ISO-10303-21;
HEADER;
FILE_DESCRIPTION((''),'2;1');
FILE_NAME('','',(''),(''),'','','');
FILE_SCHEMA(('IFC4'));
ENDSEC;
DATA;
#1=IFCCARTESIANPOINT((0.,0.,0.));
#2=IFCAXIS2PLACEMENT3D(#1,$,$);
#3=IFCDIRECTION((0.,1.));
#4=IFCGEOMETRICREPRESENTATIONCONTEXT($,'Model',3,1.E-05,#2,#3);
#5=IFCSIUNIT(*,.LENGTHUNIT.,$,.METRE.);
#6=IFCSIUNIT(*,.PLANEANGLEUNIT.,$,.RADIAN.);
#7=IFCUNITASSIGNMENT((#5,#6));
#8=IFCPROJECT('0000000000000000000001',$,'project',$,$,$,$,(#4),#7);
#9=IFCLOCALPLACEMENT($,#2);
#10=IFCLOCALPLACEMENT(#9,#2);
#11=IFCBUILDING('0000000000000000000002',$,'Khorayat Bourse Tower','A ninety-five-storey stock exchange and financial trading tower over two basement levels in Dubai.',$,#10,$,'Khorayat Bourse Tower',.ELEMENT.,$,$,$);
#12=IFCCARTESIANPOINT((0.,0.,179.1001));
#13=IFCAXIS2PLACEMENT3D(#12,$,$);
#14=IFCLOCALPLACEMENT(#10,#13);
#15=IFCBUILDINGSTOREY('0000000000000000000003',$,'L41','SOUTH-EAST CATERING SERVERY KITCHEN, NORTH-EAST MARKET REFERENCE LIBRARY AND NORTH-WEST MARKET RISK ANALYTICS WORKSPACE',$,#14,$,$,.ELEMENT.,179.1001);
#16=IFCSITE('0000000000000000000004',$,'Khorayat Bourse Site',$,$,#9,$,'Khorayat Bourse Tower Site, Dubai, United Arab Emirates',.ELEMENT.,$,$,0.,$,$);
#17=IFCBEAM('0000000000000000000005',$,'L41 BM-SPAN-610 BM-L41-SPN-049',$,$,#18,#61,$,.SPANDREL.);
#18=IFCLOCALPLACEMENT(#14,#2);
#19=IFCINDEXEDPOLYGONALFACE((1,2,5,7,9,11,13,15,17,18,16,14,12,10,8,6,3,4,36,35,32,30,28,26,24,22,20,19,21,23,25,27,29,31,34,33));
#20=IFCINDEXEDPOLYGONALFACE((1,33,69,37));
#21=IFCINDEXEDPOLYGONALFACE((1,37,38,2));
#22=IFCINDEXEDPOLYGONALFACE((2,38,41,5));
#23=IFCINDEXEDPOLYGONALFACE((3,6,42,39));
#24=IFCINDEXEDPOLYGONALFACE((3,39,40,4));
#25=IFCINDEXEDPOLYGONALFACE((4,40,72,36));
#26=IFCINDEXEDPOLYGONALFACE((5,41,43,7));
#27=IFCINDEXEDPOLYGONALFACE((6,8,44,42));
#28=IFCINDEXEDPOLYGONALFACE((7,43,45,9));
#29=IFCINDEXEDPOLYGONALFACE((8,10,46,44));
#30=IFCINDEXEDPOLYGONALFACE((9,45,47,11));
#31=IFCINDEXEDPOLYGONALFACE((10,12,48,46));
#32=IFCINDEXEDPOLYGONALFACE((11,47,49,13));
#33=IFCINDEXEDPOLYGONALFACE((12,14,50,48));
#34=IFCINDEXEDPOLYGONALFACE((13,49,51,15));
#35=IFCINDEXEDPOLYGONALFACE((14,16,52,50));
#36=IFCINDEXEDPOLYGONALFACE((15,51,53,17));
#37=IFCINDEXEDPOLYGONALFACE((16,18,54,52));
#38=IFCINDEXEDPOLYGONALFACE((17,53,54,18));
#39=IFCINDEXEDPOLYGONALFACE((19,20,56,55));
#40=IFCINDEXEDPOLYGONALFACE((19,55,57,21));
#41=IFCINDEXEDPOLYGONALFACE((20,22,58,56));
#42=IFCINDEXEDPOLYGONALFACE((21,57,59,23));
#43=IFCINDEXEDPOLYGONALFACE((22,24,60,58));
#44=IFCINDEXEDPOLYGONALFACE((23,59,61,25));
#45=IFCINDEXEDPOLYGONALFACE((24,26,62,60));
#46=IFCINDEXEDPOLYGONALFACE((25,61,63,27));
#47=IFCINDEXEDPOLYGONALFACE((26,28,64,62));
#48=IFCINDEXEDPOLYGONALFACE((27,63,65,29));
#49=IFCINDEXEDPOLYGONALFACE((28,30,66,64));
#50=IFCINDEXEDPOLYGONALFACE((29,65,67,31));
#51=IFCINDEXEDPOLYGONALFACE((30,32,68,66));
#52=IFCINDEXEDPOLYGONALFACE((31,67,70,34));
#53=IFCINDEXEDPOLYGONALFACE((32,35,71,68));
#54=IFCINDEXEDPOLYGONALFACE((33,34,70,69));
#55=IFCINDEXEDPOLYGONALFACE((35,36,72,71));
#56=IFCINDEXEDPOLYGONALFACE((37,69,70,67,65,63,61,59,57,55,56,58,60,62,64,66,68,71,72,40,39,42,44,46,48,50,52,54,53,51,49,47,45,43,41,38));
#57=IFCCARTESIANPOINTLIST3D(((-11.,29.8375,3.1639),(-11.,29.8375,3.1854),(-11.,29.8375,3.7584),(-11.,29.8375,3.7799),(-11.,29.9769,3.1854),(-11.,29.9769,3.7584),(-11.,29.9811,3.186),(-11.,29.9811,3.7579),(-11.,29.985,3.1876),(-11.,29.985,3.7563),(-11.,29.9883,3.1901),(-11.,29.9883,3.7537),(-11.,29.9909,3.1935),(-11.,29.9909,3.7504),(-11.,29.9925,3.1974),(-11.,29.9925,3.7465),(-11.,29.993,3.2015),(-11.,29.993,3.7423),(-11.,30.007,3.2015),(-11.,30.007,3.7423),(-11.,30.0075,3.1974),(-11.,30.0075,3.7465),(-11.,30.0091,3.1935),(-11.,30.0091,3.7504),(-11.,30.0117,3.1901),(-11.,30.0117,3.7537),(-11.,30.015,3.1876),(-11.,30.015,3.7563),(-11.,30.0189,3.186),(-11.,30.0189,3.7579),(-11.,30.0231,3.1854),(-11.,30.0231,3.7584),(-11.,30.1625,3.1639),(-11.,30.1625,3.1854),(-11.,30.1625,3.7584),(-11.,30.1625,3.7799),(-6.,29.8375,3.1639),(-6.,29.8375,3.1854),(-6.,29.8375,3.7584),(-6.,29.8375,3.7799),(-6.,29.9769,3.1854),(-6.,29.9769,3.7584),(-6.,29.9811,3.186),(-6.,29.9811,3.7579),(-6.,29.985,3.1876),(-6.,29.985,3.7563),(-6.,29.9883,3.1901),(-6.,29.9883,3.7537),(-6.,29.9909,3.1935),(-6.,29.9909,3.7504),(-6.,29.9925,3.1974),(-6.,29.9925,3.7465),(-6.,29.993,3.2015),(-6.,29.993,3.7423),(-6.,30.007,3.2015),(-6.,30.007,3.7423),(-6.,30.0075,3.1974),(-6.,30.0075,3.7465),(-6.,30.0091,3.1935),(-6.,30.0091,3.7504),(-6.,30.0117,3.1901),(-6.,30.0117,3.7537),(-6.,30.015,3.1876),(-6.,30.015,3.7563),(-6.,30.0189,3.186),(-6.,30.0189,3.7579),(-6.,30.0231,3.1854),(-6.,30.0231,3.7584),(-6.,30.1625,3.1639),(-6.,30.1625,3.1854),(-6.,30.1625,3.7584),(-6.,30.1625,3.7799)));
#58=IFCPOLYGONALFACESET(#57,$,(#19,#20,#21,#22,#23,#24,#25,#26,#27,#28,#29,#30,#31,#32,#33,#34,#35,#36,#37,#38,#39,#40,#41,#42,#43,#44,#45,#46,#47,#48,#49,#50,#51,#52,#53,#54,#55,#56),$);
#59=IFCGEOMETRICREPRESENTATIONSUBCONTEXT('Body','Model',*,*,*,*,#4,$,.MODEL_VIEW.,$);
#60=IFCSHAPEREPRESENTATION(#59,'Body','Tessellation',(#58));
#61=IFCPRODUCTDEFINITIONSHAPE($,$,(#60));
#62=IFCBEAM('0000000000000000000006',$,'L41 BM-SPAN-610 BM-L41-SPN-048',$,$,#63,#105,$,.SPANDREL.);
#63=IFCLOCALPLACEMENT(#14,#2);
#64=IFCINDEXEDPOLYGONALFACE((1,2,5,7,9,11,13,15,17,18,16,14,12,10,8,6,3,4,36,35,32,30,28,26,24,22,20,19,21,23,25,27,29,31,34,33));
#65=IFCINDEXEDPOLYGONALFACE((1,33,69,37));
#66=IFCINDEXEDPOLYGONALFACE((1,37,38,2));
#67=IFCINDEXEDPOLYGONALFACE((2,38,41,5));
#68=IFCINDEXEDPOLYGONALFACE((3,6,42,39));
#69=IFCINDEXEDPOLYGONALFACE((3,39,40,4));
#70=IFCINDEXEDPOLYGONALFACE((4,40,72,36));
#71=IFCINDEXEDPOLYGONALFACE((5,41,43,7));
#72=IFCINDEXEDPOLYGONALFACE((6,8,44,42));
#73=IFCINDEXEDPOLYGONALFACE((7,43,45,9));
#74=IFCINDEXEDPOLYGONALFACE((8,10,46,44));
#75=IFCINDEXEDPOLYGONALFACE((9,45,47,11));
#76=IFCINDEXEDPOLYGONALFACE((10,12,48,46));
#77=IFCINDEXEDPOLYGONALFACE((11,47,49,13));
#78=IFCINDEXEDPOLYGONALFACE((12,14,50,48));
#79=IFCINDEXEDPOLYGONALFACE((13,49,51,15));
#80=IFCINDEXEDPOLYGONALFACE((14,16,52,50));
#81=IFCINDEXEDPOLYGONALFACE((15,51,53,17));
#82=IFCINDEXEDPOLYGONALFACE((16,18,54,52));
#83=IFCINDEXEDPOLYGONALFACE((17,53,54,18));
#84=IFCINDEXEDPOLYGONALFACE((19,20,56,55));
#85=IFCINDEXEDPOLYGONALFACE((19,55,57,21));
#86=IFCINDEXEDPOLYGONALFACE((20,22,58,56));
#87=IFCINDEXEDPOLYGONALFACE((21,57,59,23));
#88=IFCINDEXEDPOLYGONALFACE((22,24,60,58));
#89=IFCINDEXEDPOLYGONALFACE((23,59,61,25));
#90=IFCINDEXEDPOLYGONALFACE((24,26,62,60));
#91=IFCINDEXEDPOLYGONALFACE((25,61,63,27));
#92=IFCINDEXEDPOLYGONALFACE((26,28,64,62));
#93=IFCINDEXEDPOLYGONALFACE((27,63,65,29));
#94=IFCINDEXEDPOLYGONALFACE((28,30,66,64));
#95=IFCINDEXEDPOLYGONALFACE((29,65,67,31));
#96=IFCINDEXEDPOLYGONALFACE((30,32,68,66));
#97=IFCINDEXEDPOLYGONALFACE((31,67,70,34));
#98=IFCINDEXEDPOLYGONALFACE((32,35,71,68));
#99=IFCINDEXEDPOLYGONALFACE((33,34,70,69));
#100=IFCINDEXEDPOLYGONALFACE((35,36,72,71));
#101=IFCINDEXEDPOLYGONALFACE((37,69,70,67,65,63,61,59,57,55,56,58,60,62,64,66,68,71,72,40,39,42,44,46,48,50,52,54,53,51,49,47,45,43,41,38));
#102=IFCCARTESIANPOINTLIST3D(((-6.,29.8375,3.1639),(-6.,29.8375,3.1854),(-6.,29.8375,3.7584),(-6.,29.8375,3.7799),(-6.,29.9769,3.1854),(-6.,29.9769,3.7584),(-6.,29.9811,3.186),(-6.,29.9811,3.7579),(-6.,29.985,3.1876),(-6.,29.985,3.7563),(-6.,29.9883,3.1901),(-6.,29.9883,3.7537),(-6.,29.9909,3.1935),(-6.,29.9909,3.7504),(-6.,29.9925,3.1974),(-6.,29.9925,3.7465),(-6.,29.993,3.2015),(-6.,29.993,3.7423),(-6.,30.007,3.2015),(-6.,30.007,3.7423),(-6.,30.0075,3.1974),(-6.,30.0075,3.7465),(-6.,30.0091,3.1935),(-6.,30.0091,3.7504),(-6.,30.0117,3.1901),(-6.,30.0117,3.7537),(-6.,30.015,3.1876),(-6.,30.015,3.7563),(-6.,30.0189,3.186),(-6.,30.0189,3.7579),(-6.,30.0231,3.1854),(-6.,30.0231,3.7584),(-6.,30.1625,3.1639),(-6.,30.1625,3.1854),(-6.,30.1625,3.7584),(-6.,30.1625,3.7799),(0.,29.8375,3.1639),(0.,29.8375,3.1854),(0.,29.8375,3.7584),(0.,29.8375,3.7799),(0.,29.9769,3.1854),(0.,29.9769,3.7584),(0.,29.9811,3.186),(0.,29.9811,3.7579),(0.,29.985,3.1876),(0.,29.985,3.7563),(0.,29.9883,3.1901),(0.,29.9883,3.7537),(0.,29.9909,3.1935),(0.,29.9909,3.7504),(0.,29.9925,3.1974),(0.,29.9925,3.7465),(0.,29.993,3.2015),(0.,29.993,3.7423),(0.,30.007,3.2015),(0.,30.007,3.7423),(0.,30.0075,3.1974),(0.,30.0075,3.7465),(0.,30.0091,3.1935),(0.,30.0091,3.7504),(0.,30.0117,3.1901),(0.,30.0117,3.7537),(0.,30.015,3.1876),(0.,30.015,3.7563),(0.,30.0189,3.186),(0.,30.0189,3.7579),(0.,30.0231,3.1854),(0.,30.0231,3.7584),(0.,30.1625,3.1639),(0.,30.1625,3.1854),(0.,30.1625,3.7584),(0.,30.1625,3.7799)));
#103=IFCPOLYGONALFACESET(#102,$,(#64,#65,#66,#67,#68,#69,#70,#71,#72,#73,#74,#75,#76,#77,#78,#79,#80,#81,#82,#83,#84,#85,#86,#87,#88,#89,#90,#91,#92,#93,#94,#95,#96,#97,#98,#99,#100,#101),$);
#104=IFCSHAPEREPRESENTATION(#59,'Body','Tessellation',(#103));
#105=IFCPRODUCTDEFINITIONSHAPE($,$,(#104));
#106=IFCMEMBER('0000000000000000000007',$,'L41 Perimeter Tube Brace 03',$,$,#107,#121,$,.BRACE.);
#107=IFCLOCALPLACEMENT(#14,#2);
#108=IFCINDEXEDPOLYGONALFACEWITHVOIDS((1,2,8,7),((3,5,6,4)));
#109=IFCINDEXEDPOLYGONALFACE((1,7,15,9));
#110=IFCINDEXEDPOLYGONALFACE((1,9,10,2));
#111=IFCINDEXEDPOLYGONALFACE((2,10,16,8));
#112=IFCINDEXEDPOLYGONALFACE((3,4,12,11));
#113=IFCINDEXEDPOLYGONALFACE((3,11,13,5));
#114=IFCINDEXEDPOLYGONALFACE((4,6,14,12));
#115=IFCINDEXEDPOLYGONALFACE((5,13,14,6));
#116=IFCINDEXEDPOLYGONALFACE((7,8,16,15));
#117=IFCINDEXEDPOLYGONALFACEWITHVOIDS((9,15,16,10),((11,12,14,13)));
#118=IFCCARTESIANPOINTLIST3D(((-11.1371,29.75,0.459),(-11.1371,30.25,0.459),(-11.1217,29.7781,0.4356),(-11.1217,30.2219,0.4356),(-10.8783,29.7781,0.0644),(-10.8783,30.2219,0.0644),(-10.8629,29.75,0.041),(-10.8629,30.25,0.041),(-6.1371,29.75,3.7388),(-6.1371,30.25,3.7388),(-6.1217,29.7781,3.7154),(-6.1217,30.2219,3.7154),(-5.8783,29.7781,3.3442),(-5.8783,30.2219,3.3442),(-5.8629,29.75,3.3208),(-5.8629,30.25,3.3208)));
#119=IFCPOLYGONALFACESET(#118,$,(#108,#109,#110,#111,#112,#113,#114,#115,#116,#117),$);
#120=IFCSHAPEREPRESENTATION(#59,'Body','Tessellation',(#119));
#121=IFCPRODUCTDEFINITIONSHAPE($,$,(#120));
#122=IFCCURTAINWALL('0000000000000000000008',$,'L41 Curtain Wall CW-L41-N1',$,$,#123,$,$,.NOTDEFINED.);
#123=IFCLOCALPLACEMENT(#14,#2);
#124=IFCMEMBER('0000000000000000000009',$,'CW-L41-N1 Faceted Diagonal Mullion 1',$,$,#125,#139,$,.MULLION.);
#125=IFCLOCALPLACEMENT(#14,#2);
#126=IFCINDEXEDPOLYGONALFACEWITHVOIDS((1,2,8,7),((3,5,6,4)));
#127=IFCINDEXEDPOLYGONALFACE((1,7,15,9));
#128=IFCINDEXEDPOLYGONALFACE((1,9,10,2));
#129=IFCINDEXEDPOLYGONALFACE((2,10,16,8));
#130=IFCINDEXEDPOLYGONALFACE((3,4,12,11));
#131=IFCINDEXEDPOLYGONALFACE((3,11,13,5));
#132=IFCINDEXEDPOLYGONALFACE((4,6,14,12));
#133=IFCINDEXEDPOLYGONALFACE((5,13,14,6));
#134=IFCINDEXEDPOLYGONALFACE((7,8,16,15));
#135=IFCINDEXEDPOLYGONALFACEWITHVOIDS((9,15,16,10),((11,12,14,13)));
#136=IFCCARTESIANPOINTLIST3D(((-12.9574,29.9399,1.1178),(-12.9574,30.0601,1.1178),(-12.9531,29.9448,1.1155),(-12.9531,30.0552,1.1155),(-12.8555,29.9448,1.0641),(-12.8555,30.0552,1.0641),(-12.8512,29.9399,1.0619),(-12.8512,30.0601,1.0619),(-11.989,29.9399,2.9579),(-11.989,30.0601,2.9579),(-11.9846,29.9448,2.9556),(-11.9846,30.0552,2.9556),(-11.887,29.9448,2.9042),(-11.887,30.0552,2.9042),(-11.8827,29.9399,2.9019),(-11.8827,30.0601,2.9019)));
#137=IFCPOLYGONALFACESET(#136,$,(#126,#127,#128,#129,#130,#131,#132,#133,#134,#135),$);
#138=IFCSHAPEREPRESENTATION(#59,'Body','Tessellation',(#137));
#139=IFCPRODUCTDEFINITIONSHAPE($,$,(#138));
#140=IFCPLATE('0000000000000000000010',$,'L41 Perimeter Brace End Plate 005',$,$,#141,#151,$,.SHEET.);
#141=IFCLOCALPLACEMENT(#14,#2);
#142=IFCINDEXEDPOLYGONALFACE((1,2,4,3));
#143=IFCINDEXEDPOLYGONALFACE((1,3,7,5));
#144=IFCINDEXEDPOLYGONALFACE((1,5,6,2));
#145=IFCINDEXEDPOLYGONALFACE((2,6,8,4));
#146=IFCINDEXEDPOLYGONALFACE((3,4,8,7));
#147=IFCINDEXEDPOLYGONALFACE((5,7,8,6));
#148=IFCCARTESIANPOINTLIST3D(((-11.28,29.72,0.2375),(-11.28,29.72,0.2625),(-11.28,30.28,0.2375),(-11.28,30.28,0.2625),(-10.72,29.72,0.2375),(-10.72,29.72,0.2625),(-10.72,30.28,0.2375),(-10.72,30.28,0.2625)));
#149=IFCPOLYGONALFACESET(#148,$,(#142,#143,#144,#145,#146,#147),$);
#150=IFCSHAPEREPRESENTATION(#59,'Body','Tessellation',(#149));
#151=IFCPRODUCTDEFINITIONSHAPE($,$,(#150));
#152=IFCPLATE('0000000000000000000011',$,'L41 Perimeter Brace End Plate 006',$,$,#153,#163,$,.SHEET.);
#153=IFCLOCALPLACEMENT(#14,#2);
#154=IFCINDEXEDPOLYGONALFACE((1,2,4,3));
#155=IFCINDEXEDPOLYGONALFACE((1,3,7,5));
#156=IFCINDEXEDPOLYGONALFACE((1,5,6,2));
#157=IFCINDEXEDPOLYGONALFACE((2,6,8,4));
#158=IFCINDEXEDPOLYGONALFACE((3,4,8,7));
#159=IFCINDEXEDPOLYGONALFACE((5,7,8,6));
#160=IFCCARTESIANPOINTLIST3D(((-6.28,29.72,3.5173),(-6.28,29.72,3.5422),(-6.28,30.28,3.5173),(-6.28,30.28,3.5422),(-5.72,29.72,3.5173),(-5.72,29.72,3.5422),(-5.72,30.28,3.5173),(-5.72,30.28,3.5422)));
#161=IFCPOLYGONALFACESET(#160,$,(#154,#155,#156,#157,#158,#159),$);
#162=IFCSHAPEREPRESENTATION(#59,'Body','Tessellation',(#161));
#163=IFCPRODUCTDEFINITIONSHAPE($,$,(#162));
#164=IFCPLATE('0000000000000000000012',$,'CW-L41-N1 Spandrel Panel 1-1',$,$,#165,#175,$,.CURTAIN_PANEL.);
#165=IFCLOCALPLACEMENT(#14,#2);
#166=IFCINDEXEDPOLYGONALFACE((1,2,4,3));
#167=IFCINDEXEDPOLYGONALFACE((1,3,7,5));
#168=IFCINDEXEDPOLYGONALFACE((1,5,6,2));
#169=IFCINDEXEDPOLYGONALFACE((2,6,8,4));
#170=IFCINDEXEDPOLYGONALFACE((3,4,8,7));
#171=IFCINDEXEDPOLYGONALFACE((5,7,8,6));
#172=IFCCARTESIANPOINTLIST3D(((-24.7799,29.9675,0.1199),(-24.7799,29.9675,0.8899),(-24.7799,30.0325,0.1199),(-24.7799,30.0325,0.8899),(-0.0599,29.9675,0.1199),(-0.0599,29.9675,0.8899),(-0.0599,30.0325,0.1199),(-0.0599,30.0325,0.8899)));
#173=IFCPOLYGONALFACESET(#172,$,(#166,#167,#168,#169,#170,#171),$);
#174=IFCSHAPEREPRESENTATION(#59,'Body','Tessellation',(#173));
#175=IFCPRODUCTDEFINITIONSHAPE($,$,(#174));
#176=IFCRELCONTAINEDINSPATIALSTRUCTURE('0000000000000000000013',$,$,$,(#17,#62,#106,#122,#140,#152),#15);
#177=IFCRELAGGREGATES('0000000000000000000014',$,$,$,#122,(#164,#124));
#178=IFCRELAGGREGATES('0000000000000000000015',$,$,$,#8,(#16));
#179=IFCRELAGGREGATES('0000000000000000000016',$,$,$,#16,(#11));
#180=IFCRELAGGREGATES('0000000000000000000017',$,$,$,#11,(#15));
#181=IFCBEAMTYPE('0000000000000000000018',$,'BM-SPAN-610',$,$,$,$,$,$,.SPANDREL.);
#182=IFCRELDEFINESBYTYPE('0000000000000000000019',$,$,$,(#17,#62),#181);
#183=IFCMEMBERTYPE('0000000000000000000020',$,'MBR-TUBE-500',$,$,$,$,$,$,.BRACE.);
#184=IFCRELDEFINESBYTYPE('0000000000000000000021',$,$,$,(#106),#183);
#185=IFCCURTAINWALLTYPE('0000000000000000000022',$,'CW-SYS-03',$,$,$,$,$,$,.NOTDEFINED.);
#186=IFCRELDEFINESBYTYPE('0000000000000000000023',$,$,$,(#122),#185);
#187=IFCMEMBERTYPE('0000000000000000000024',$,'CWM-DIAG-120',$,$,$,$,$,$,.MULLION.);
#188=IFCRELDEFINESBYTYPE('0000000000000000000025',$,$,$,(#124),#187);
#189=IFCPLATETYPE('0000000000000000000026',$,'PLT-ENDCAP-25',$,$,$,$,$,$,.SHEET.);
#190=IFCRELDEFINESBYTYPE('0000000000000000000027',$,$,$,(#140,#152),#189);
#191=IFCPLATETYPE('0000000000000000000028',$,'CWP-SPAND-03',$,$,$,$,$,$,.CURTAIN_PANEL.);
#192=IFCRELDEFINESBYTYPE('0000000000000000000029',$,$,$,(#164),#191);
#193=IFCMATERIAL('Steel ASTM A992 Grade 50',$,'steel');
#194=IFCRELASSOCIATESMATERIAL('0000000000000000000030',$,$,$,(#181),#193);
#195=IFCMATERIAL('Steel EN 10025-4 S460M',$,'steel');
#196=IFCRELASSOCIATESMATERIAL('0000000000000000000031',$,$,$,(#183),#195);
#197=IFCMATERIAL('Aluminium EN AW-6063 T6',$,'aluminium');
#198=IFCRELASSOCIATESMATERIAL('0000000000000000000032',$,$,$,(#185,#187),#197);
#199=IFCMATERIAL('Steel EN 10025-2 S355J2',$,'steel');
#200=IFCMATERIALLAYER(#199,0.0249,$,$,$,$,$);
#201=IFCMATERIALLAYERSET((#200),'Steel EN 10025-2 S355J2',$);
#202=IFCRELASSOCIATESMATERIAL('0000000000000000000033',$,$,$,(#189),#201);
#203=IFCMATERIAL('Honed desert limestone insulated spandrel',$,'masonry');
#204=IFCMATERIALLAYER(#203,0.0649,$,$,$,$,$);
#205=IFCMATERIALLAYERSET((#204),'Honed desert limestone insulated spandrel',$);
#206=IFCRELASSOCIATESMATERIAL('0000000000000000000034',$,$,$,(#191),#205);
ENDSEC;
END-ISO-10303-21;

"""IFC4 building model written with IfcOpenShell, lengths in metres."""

from ifc_helpers import new_model, si_unit, direction, frame, origin, origin_2d, place, context, subcontext, project, spatial, rectangle, hollow_rectangle, i_section, extrude, source, transform, mapped, material, layer, layer_set, material_profile, profile_set, type_object, element, aggregate, save


model = new_model("IFC4")

# Units and contexts
model_context = context("Model", 3, precision=1e-05, world=origin(), true_north=direction((0.0, 1.0)))
body_context = subcontext(model_context, "Body", "Model", "MODEL_VIEW")
ifc_project = project(units=[si_unit("LENGTHUNIT", "METRE"), si_unit("PLANEANGLEUNIT", "RADIAN")], contexts=[model_context])

# Site, building, storey
site_placement = place(None, origin())
site = spatial("IfcSite", under=ifc_project, at=site_placement, Name="Khorayat Bourse Site", LongName="Khorayat Bourse Tower Site, Dubai, United Arab Emirates", CompositionType="ELEMENT", RefElevation=0.0)
building_placement = place(site_placement, origin())
building = spatial("IfcBuilding", under=site, at=building_placement, Name="Khorayat Bourse Tower", Description="A ninety-five-storey stock exchange and financial trading tower over two basement levels in Dubai.", LongName="Khorayat Bourse Tower", CompositionType="ELEMENT")
storey_placement = place(building_placement, frame((0.0, 0.0, 179.1001)))
storey = spatial("IfcBuildingStorey", under=building, at=storey_placement, Name="L41", Description="SOUTH-EAST CATERING SERVERY KITCHEN, NORTH-EAST MARKET REFERENCE LIBRARY AND NORTH-WEST MARKET RISK ANALYTICS WORKSPACE", CompositionType="ELEMENT", Elevation=179.1001)

# Shared definitions
ifc_material_1 = material(Name="Steel EN 10025-4 S460M", Category="steel")

# Beams
ifc_material_2 = material(Name="Steel ASTM A992 Grade 50", Category="steel")
ifc_material_profile_1 = material_profile(ifc_material_2, i_section(OverallWidth=0.325, OverallDepth=0.616, WebThickness=0.0139, FlangeThickness=0.0215, FilletRadius=0.0161, at=origin_2d()), Name="W610X174")
ifc_profile_set_1 = profile_set([ifc_material_profile_1], Name="Steel ASTM A992 Grade 50")
beam_type_1 = type_object("IfcBeamType", Name="BM-SPAN-610", PredefinedType="SPANDREL", material=ifc_profile_set_1)
shared_shape_1 = source(origin(), body_context, "Body", "SweptSolid", [
    extrude(i_section(OverallWidth=0.325, OverallDepth=0.616, WebThickness=0.0139, FlangeThickness=0.0215, FilletRadius=0.0161, at=origin_2d()), origin(), (0.0, 0.0, 1.0), 5.0),
])
beam_1_placement = place(storey_placement, frame((-11.0, 30.0, 3.4719), z_axis=(1.0, 0.0, 0.0), x_axis=(0.0, 1.0, 0.0)))
element("IfcBeam", 1, at=beam_1_placement, inside=storey, type_object=beam_type_1, Name="L41 BM-SPAN-610 BM-L41-SPN-049", PredefinedType="SPANDREL", context=body_context, shape_type="MappedRepresentation", body=[
    mapped(shared_shape_1, transform((0.0, 0.0, 0.0), scale=1.0)),
])
shared_shape_2 = source(origin(), body_context, "Body", "SweptSolid", [
    extrude(i_section(OverallWidth=0.325, OverallDepth=0.616, WebThickness=0.0139, FlangeThickness=0.0215, FilletRadius=0.0161, at=origin_2d()), origin(), (0.0, 0.0, 1.0), 6.0),
])
beam_2_placement = place(storey_placement, frame((-6.0, 30.0, 3.4719), z_axis=(1.0, 0.0, 0.0), x_axis=(0.0, 1.0, 0.0)))
element("IfcBeam", 2, at=beam_2_placement, inside=storey, type_object=beam_type_1, Name="L41 BM-SPAN-610 BM-L41-SPN-048", PredefinedType="SPANDREL", context=body_context, shape_type="MappedRepresentation", body=[
    mapped(shared_shape_2, transform((0.0, 0.0, 0.0), scale=1.0)),
])

# Member
ifc_material_profile_2 = material_profile(ifc_material_1, hollow_rectangle(XDim=0.5, YDim=0.5, WallThickness=0.0281, at=origin_2d()), Name="HSS 500x500x28")
ifc_profile_set_2 = profile_set([ifc_material_profile_2], Name="Steel EN 10025-4 S460M")
member_type_1 = type_object("IfcMemberType", Name="MBR-TUBE-500", PredefinedType="BRACE", material=ifc_profile_set_2)
shared_shape_3 = source(origin(), body_context, "Body", "SweptSolid", [
    extrude(hollow_rectangle(XDim=0.5, YDim=0.5, WallThickness=0.0281, at=origin_2d()), origin(), (0.0, 0.0, 1.0), 5.9797),
])
member_1_placement = place(storey_placement, frame((-11.0, 30.0, 0.25), z_axis=(0.83616, 0.0, 0.548485), x_axis=(0.0, 1.0, 0.0)))
element("IfcMember", 3, at=member_1_placement, inside=storey, type_object=member_type_1, Name="L41 Perimeter Tube Brace 03", PredefinedType="BRACE", context=body_context, shape_type="MappedRepresentation", body=[
    mapped(shared_shape_3, transform((0.0, 0.0, 0.0), scale=1.0)),
])

# Curtain wall, member
ifc_material_3 = material(Name="Aluminium EN AW-6063 T6", Category="aluminium")
curtain_wall_type = type_object("IfcCurtainWallType", Name="CW-SYS-03", PredefinedType="NOTDEFINED", material=ifc_material_3)
curtain_wall_placement = place(storey_placement, origin())
curtain_wall = element("IfcCurtainWall", 4, at=curtain_wall_placement, inside=storey, type_object=curtain_wall_type, Name="L41 Curtain Wall CW-L41-N1", PredefinedType="NOTDEFINED")
ifc_material_profile_3 = material_profile(ifc_material_3, hollow_rectangle(XDim=0.1201, YDim=0.1201, WallThickness=0.0049, at=origin_2d()), Name="ALU 120x120x5")
ifc_profile_set_3 = profile_set([ifc_material_profile_3], Name="Aluminium EN AW-6063 T6")
member_type_2 = type_object("IfcMemberType", Name="CWM-DIAG-120", PredefinedType="MULLION", material=ifc_profile_set_3)
shared_shape_4 = source(origin(), body_context, "Body", "SweptSolid", [
    extrude(hollow_rectangle(XDim=0.1201, YDim=0.1201, WallThickness=0.0049, at=origin_2d()), origin(), (0.0, 0.0, 1.0), 2.0793),
])
member_2_placement = place(storey_placement, frame((-12.9043, 30.0, 1.0898), z_axis=(0.465761, 0.0, 0.884911), x_axis=(0.0, 1.0, 0.0)))
member_2 = element("IfcMember", 5, at=member_2_placement, type_object=member_type_2, Name="CW-L41-N1 Faceted Diagonal Mullion 1", PredefinedType="MULLION", context=body_context, shape_type="MappedRepresentation", body=[
    mapped(shared_shape_4, transform((0.0, 0.0, 0.0), scale=1.0)),
])

# Plates
ifc_material_4 = material(Name="Steel EN 10025-2 S355J2", Category="steel")
ifc_layer_1 = layer(ifc_material_4, 0.0249)
ifc_layer_set_1 = layer_set([ifc_layer_1], Name="Steel EN 10025-2 S355J2")
plate_type_1 = type_object("IfcPlateType", Name="PLT-ENDCAP-25", PredefinedType="SHEET", material=ifc_layer_set_1)
shared_shape_5 = source(origin(), body_context, "Body", "SweptSolid", [
    extrude(rectangle(XDim=0.5601, YDim=0.5601, at=origin_2d()), origin(), (0.0, 0.0, 1.0), 0.0249),
])
for number, where, z_axis, x_axis, name in (
    (6, (-11.0, 30.0, 0.2375), (0.0, 0.0, 1.0), (1.0, 0.0, 0.0), "L41 Perimeter Brace End Plate 005"),
    (7, (-6.0, 30.0, 3.5173), (0.0, 0.0, 1.0), (1.0, 0.0, 0.0), "L41 Perimeter Brace End Plate 006"),
):
    element("IfcPlate", number, at=place(storey_placement, frame(where, z_axis=z_axis, x_axis=x_axis)), inside=storey, type_object=plate_type_1, Name=name, PredefinedType="SHEET", context=body_context, shape_type="MappedRepresentation", body=[
        mapped(shared_shape_5, transform((0.0, 0.0, 0.0), scale=1.0)),
    ])

# Plate
ifc_material_5 = material(Name="Honed desert limestone insulated spandrel", Category="masonry")
ifc_layer_2 = layer(ifc_material_5, 0.0649)
ifc_layer_set_2 = layer_set([ifc_layer_2], Name="Honed desert limestone insulated spandrel")
plate_type_2 = type_object("IfcPlateType", Name="CWP-SPAND-03", PredefinedType="CURTAIN_PANEL", material=ifc_layer_set_2)
shared_shape_6 = source(origin(), body_context, "Body", "SweptSolid", [
    extrude(rectangle(XDim=24.72, YDim=0.0649, at=origin_2d()), origin(), (0.0, 0.0, 1.0), 0.77),
])
plate_1_placement = place(storey_placement, frame((-12.4199, 30.0, 0.1199), z_axis=(0.0, 0.0, 1.0), x_axis=(1.0, 0.0, 0.0)))
plate_1 = element("IfcPlate", 8, at=plate_1_placement, type_object=plate_type_2, Name="CW-L41-N1 Spandrel Panel 1-1", PredefinedType="CURTAIN_PANEL", context=body_context, shape_type="MappedRepresentation", body=[
    mapped(shared_shape_6, transform((0.0, 0.0, 0.0), scale=1.0)),
])
aggregate(curtain_wall, [plate_1, member_2])

save(model, "model.ifc")
